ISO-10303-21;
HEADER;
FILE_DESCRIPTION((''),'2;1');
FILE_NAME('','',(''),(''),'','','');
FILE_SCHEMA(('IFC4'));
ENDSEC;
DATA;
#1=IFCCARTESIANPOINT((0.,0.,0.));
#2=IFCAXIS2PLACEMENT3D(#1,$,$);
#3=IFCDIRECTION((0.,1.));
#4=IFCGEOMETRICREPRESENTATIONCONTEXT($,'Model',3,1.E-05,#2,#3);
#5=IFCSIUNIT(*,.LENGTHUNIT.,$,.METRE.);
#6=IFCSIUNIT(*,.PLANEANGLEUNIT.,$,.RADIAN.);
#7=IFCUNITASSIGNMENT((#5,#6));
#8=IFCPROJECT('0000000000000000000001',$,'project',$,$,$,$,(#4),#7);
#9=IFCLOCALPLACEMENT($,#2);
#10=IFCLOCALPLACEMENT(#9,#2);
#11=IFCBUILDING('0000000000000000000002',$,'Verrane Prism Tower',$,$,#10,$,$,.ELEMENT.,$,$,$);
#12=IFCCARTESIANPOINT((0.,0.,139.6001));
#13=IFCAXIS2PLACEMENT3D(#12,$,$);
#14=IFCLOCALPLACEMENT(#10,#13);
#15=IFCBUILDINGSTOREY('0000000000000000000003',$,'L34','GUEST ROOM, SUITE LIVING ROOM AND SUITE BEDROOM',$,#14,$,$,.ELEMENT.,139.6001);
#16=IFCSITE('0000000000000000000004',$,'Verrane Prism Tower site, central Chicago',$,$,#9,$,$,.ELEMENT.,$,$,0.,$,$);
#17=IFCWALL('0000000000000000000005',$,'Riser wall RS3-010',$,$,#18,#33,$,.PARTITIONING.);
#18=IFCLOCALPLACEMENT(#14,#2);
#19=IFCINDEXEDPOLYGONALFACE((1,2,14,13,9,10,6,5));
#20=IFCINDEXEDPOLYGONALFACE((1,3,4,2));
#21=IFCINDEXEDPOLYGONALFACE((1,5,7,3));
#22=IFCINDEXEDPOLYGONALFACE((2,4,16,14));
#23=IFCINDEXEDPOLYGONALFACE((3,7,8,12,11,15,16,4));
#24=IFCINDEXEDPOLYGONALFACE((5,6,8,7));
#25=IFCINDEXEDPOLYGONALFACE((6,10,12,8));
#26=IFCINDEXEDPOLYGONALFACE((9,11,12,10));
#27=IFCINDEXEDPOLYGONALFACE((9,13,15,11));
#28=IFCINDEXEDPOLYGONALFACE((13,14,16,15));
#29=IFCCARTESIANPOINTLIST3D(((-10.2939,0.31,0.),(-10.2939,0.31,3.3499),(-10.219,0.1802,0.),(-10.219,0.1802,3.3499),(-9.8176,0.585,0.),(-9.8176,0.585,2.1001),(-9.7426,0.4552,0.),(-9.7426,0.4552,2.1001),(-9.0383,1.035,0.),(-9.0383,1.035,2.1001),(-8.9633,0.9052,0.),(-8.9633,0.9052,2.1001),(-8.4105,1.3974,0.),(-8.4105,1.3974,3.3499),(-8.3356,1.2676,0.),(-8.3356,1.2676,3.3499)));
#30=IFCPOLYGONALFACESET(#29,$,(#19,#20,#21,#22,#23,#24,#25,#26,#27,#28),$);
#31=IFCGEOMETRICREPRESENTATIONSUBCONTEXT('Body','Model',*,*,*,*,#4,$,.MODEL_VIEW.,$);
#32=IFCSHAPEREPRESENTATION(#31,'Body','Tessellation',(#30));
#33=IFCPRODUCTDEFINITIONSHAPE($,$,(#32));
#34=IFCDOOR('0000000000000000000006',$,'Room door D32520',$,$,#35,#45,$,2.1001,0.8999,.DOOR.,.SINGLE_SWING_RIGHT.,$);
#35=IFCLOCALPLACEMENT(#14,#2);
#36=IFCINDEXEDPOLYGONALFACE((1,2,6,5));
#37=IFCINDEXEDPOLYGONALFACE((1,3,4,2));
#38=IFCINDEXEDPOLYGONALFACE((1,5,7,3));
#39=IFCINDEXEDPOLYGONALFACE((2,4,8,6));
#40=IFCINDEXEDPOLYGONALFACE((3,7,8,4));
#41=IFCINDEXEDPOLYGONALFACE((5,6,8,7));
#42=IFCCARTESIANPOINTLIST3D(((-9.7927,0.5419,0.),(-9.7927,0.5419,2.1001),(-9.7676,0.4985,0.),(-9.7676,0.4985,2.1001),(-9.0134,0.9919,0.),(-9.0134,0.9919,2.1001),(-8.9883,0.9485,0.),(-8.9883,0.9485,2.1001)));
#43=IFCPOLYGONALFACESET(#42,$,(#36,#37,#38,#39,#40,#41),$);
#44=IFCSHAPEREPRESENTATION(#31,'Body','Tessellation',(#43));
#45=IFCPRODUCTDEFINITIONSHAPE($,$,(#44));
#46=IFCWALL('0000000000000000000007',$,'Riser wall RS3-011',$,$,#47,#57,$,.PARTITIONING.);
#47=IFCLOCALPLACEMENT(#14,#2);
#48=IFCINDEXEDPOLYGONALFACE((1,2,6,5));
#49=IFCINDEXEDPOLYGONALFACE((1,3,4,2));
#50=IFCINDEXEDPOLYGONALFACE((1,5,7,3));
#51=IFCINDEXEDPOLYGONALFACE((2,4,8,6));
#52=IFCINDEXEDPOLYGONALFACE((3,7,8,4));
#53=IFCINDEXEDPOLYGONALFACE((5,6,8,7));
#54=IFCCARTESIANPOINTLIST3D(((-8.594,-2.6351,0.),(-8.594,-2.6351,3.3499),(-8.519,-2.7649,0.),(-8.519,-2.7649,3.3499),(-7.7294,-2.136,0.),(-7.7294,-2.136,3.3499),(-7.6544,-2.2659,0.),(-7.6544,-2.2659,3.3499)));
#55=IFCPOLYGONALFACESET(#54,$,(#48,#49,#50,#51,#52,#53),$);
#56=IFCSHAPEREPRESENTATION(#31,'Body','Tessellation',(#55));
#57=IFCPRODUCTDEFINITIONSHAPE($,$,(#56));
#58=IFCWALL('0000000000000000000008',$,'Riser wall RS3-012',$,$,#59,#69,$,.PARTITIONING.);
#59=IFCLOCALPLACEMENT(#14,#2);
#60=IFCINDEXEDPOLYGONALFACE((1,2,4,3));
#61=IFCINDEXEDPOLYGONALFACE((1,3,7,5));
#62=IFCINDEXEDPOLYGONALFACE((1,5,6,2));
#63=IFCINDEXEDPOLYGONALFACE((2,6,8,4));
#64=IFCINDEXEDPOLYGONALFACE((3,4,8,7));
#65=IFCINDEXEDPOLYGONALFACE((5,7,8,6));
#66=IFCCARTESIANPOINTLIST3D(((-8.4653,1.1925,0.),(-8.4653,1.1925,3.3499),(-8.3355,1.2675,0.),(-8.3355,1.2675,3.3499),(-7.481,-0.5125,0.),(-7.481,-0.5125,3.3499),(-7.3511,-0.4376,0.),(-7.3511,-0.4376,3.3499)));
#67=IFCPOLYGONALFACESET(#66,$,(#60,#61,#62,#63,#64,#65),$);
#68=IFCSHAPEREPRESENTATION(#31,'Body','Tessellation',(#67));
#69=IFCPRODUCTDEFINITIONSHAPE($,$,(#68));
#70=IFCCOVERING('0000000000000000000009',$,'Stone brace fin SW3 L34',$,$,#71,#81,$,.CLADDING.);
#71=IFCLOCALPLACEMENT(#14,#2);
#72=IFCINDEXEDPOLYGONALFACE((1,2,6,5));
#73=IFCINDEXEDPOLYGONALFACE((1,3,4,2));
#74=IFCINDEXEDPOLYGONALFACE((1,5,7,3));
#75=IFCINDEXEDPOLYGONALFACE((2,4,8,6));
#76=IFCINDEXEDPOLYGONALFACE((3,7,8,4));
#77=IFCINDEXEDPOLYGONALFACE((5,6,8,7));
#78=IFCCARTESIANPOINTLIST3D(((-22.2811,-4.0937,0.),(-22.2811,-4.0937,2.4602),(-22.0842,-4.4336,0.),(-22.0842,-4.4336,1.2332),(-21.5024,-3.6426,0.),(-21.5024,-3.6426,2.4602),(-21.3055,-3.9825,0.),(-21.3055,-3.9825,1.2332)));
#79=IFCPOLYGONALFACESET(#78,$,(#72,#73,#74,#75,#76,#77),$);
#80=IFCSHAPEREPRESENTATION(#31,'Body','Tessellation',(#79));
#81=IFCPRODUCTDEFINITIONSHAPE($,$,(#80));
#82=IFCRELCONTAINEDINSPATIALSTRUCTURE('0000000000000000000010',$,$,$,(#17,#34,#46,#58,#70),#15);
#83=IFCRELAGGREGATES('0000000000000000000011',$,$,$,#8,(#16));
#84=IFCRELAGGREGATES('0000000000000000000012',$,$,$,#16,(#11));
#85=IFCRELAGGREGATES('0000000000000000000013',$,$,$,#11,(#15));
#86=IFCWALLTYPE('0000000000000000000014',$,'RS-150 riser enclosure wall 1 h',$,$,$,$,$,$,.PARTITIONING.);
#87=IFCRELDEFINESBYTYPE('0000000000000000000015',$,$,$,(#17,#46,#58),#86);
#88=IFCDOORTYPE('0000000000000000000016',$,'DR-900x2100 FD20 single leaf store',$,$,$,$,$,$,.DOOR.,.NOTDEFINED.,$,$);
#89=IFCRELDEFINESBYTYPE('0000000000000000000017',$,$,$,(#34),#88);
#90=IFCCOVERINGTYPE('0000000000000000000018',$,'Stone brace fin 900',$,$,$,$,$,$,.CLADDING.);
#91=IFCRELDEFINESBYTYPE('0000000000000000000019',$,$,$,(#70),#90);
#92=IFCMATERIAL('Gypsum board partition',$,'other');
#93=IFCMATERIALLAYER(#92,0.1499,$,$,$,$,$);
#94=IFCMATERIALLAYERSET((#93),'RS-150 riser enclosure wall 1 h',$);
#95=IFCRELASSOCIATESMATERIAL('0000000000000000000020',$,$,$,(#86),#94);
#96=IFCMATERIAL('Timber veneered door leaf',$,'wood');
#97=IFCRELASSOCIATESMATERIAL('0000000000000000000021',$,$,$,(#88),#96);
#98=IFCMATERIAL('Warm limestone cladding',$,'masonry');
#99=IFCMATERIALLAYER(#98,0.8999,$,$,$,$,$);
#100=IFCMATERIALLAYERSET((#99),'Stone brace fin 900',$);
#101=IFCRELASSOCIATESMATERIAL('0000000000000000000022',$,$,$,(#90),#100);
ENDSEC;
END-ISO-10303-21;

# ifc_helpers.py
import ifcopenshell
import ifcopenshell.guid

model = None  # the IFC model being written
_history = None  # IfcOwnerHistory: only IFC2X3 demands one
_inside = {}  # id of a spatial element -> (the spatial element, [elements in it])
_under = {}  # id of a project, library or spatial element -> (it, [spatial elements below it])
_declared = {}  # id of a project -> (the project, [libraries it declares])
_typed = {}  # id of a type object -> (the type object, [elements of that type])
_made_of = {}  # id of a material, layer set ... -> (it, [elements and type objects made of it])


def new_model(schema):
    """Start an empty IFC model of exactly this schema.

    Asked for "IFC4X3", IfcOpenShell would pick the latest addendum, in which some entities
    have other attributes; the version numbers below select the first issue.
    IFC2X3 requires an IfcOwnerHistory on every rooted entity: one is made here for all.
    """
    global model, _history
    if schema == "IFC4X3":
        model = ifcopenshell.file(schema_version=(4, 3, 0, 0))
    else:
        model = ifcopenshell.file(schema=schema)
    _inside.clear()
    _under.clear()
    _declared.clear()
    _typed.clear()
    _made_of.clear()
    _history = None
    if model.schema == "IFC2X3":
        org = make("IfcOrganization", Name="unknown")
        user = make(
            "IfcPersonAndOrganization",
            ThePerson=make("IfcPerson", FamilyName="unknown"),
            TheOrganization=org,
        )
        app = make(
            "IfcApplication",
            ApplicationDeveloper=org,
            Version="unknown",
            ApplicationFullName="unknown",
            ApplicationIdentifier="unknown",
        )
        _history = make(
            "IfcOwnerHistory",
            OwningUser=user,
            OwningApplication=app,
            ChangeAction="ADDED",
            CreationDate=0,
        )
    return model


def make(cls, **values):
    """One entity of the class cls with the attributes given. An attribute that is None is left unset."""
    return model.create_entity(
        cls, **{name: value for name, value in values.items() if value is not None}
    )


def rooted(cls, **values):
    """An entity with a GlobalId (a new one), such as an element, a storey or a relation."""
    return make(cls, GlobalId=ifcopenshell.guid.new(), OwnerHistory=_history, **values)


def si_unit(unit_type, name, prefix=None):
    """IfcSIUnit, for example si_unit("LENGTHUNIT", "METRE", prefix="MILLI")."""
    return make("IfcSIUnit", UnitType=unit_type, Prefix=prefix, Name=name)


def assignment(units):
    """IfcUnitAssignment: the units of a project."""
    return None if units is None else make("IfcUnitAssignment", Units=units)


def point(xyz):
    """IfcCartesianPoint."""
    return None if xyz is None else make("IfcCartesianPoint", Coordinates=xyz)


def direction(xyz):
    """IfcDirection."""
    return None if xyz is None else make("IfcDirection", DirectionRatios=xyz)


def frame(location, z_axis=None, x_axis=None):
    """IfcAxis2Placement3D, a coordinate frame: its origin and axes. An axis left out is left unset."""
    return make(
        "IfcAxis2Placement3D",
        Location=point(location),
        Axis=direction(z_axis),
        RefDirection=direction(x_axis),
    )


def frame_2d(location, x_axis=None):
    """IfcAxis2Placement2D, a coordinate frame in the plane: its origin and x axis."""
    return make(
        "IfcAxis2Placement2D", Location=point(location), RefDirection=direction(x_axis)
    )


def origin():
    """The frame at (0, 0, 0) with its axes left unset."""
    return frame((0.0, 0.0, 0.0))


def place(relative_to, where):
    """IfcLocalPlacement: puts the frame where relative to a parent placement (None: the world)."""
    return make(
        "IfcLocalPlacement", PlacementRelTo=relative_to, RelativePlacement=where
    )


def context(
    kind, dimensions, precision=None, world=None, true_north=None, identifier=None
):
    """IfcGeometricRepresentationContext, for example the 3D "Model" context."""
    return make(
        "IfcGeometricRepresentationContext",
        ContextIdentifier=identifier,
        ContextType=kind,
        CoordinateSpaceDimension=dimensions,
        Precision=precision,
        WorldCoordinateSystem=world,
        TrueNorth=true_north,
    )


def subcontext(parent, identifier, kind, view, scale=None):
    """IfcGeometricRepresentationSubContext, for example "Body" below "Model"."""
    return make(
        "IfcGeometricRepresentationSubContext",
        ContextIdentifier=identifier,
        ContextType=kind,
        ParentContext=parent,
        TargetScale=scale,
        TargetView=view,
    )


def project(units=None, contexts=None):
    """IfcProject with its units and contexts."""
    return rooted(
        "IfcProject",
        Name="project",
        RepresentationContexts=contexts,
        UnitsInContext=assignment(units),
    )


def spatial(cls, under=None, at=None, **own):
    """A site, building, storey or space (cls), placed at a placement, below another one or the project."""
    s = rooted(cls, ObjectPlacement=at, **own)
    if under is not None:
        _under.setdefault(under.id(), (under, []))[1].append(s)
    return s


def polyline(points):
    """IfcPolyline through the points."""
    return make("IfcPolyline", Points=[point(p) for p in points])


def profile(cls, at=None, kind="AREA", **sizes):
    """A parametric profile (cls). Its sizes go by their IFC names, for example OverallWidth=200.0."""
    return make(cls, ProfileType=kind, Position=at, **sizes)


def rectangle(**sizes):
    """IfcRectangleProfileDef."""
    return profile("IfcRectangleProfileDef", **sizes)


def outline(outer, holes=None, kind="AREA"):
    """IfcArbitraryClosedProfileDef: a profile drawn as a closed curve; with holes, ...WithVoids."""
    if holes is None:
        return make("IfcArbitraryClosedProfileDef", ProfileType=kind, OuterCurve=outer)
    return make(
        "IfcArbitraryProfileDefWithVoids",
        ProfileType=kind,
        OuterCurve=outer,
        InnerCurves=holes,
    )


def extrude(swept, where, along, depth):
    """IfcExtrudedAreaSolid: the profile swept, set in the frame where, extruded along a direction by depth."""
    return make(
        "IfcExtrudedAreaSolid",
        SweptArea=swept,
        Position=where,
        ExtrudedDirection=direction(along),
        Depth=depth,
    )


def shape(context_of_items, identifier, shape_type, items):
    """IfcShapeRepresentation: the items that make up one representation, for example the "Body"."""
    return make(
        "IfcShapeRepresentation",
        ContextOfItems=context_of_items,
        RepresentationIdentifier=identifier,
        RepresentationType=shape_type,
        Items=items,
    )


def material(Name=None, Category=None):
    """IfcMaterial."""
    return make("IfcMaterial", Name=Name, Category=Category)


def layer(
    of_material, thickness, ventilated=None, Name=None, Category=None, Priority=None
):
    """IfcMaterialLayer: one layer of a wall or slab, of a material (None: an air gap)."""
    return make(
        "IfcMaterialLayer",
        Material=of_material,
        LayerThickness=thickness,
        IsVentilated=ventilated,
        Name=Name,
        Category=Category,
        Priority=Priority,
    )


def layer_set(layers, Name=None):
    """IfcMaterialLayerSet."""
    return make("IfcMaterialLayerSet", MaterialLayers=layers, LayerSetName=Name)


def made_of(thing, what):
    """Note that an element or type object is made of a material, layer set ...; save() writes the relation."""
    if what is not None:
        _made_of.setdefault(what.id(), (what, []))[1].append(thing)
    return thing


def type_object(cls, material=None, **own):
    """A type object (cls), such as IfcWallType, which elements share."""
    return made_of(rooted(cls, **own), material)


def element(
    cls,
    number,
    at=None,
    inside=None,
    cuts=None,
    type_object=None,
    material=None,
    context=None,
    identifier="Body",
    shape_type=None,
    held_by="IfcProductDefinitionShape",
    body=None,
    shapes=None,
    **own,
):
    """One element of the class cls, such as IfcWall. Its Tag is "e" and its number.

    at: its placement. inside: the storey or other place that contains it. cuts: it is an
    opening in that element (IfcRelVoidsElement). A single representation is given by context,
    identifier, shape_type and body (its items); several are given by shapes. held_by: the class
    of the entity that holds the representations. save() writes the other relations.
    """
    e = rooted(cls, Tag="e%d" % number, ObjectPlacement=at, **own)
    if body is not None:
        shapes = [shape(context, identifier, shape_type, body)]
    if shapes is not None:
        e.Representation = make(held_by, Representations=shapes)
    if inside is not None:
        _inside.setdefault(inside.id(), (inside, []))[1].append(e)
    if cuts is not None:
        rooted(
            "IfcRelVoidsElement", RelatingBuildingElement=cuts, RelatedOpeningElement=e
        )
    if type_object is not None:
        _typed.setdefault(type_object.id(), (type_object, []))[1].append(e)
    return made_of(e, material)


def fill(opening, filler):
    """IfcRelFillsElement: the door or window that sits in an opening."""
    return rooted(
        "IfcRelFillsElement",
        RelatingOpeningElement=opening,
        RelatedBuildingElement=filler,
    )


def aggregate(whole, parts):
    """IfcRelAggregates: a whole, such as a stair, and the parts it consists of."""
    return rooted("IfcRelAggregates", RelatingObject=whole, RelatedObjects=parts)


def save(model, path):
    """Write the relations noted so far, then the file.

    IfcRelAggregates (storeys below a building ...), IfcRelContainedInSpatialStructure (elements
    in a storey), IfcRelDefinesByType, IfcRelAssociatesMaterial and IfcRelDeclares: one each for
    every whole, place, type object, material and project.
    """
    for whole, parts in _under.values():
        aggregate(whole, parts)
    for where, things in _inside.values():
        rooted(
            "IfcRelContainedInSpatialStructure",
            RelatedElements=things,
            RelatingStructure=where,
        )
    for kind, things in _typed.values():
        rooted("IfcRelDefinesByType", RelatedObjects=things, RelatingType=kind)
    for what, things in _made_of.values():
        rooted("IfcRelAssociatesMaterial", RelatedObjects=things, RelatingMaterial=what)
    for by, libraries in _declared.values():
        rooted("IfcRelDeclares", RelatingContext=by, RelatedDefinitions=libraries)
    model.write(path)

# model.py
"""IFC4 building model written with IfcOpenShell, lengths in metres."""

from ifc_helpers import new_model, si_unit, direction, frame, frame_2d, origin, place, context, subcontext, project, spatial, polyline, rectangle, outline, extrude, material, layer, layer_set, type_object, element, fill, save


model = new_model("IFC4")

# Units and contexts
model_context = context("Model", 3, precision=1e-05, world=origin(), true_north=direction((0.0, 1.0)))
body_context = subcontext(model_context, "Body", "Model", "MODEL_VIEW")
ifc_project = project(units=[si_unit("LENGTHUNIT", "METRE"), si_unit("PLANEANGLEUNIT", "RADIAN")], contexts=[model_context])

# Site, building, storey
site_placement = place(None, origin())
site = spatial("IfcSite", under=ifc_project, at=site_placement, Name="Verrane Prism Tower site, central Chicago", CompositionType="ELEMENT", RefElevation=0.0)
building_placement = place(site_placement, origin())
building = spatial("IfcBuilding", under=site, at=building_placement, Name="Verrane Prism Tower", CompositionType="ELEMENT")
storey_placement = place(building_placement, frame((0.0, 0.0, 139.6001)))
storey = spatial("IfcBuildingStorey", under=building, at=storey_placement, Name="L34", Description="GUEST ROOM, SUITE LIVING ROOM AND SUITE BEDROOM", CompositionType="ELEMENT", Elevation=139.6001)

# Wall, opening, door
ifc_material_1 = material(Name="Gypsum board partition", Category="other")
ifc_layer_1 = layer(ifc_material_1, 0.1499)
ifc_layer_set_1 = layer_set([ifc_layer_1], Name="RS-150 riser enclosure wall 1 h")
wall_type_1 = type_object("IfcWallType", Name="RS-150 riser enclosure wall 1 h", PredefinedType="PARTITIONING", material=ifc_layer_set_1)
wall_1_placement = place(storey_placement, frame((-8.373, 1.3325, 0.0), z_axis=(0.0, 0.0, 1.0), x_axis=(-0.86601, -0.500027, 0.0)))
wall_1 = element("IfcWall", 1, at=wall_1_placement, inside=storey, type_object=wall_type_1, Name="Riser wall RS3-010", PredefinedType="PARTITIONING", context=body_context, shape_type="SweptSolid", body=[
    extrude(rectangle(XDim=2.1748, YDim=0.1499, at=frame_2d((1.0874, 0.0))), origin(), (0.0, 0.0, 1.0), 3.3499),
])
opening_1_placement = place(wall_1_placement, frame((0.7249, 0.0, 0.0)))
opening_1 = element("IfcOpeningElement", 2, at=opening_1_placement, cuts=wall_1, PredefinedType="OPENING", context=body_context, shape_type="SweptSolid", body=[
    extrude(rectangle(XDim=0.8999, YDim=2.1001, at=frame_2d((0.45, 1.05))), frame((0.0, 0.085, 0.0), z_axis=(0.0, -1.0, 0.0), x_axis=(1.0, 0.0, 0.0)), (0.0, 0.0, 1.0), 0.1699),
])
ifc_material_2 = material(Name="Timber veneered door leaf", Category="wood")
door_type_1 = type_object("IfcDoorType", Name="DR-900x2100 FD20 single leaf store", OperationType="NOTDEFINED", PredefinedType="DOOR", material=ifc_material_2)
door_1_placement = place(opening_1_placement, origin())
door_1 = element("IfcDoor", 3, at=door_1_placement, inside=storey, type_object=door_type_1, Name="Room door D32520", OperationType="SINGLE_SWING_RIGHT", OverallHeight=2.1001, OverallWidth=0.8999, PredefinedType="DOOR", context=body_context, shape_type="SweptSolid", body=[
    extrude(rectangle(XDim=0.8999, YDim=2.1001, at=frame_2d((0.45, 1.05))), frame((0.0, 0.0249, 0.0), z_axis=(0.0, -1.0, 0.0), x_axis=(1.0, 0.0, 0.0)), (0.0, 0.0, 1.0), 0.05),
])
fill(opening_1, door_1)

# Walls
wall_2_placement = place(storey_placement, frame((-8.5564, -2.7, 0.0), z_axis=(0.0, 0.0, 1.0), x_axis=(0.866067, 0.499927, 0.0)))
element("IfcWall", 4, at=wall_2_placement, inside=storey, type_object=wall_type_1, Name="Riser wall RS3-011", PredefinedType="PARTITIONING", context=body_context, shape_type="SweptSolid", body=[
    extrude(rectangle(XDim=0.9983, YDim=0.1499, at=frame_2d((0.499, 0.0))), origin(), (0.0, 0.0, 1.0), 3.3499),
])
wall_3_placement = place(storey_placement, frame((-8.4004, 1.23, 0.0), z_axis=(0.0, 0.0, 1.0), x_axis=(0.49998, -0.866037, 0.0)))
element("IfcWall", 5, at=wall_3_placement, inside=storey, type_object=wall_type_1, Name="Riser wall RS3-012", PredefinedType="PARTITIONING", context=body_context, shape_type="SweptSolid", body=[
    extrude(rectangle(XDim=1.9688, YDim=0.1499, at=frame_2d((0.9844, 0.0))), origin(), (0.0, 0.0, 1.0), 3.3499),
])

# Covering
ifc_material_3 = material(Name="Warm limestone cladding", Category="masonry")
ifc_layer_2 = layer(ifc_material_3, 0.8999)
ifc_layer_set_2 = layer_set([ifc_layer_2], Name="Stone brace fin 900")
covering_type = type_object("IfcCoveringType", Name="Stone brace fin 900", PredefinedType="CLADDING", material=ifc_layer_set_2)
covering_placement = place(storey_placement, frame((-21.6948, -4.208, 0.0), z_axis=(0.0, 0.0, 1.0), x_axis=(-0.501281, 0.865284, 0.0)))
element("IfcCovering", 6, at=covering_placement, inside=storey, type_object=covering_type, Name="Stone brace fin SW3 L34", PredefinedType="CLADDING", context=body_context, shape_type="SweptSolid", body=[
    extrude(outline(polyline([(0.0, 0.0), (0.3928, 0.0), (0.3928, 2.4602), (0.0, 1.2332), (0.0, 0.0)])), frame((0.0, 0.45, 0.0), z_axis=(0.0, -1.0, 0.0), x_axis=(1.0, 0.0, 0.0)), (0.0, 0.0, 1.0), 0.8999),
])

save(model, "model.ifc")
